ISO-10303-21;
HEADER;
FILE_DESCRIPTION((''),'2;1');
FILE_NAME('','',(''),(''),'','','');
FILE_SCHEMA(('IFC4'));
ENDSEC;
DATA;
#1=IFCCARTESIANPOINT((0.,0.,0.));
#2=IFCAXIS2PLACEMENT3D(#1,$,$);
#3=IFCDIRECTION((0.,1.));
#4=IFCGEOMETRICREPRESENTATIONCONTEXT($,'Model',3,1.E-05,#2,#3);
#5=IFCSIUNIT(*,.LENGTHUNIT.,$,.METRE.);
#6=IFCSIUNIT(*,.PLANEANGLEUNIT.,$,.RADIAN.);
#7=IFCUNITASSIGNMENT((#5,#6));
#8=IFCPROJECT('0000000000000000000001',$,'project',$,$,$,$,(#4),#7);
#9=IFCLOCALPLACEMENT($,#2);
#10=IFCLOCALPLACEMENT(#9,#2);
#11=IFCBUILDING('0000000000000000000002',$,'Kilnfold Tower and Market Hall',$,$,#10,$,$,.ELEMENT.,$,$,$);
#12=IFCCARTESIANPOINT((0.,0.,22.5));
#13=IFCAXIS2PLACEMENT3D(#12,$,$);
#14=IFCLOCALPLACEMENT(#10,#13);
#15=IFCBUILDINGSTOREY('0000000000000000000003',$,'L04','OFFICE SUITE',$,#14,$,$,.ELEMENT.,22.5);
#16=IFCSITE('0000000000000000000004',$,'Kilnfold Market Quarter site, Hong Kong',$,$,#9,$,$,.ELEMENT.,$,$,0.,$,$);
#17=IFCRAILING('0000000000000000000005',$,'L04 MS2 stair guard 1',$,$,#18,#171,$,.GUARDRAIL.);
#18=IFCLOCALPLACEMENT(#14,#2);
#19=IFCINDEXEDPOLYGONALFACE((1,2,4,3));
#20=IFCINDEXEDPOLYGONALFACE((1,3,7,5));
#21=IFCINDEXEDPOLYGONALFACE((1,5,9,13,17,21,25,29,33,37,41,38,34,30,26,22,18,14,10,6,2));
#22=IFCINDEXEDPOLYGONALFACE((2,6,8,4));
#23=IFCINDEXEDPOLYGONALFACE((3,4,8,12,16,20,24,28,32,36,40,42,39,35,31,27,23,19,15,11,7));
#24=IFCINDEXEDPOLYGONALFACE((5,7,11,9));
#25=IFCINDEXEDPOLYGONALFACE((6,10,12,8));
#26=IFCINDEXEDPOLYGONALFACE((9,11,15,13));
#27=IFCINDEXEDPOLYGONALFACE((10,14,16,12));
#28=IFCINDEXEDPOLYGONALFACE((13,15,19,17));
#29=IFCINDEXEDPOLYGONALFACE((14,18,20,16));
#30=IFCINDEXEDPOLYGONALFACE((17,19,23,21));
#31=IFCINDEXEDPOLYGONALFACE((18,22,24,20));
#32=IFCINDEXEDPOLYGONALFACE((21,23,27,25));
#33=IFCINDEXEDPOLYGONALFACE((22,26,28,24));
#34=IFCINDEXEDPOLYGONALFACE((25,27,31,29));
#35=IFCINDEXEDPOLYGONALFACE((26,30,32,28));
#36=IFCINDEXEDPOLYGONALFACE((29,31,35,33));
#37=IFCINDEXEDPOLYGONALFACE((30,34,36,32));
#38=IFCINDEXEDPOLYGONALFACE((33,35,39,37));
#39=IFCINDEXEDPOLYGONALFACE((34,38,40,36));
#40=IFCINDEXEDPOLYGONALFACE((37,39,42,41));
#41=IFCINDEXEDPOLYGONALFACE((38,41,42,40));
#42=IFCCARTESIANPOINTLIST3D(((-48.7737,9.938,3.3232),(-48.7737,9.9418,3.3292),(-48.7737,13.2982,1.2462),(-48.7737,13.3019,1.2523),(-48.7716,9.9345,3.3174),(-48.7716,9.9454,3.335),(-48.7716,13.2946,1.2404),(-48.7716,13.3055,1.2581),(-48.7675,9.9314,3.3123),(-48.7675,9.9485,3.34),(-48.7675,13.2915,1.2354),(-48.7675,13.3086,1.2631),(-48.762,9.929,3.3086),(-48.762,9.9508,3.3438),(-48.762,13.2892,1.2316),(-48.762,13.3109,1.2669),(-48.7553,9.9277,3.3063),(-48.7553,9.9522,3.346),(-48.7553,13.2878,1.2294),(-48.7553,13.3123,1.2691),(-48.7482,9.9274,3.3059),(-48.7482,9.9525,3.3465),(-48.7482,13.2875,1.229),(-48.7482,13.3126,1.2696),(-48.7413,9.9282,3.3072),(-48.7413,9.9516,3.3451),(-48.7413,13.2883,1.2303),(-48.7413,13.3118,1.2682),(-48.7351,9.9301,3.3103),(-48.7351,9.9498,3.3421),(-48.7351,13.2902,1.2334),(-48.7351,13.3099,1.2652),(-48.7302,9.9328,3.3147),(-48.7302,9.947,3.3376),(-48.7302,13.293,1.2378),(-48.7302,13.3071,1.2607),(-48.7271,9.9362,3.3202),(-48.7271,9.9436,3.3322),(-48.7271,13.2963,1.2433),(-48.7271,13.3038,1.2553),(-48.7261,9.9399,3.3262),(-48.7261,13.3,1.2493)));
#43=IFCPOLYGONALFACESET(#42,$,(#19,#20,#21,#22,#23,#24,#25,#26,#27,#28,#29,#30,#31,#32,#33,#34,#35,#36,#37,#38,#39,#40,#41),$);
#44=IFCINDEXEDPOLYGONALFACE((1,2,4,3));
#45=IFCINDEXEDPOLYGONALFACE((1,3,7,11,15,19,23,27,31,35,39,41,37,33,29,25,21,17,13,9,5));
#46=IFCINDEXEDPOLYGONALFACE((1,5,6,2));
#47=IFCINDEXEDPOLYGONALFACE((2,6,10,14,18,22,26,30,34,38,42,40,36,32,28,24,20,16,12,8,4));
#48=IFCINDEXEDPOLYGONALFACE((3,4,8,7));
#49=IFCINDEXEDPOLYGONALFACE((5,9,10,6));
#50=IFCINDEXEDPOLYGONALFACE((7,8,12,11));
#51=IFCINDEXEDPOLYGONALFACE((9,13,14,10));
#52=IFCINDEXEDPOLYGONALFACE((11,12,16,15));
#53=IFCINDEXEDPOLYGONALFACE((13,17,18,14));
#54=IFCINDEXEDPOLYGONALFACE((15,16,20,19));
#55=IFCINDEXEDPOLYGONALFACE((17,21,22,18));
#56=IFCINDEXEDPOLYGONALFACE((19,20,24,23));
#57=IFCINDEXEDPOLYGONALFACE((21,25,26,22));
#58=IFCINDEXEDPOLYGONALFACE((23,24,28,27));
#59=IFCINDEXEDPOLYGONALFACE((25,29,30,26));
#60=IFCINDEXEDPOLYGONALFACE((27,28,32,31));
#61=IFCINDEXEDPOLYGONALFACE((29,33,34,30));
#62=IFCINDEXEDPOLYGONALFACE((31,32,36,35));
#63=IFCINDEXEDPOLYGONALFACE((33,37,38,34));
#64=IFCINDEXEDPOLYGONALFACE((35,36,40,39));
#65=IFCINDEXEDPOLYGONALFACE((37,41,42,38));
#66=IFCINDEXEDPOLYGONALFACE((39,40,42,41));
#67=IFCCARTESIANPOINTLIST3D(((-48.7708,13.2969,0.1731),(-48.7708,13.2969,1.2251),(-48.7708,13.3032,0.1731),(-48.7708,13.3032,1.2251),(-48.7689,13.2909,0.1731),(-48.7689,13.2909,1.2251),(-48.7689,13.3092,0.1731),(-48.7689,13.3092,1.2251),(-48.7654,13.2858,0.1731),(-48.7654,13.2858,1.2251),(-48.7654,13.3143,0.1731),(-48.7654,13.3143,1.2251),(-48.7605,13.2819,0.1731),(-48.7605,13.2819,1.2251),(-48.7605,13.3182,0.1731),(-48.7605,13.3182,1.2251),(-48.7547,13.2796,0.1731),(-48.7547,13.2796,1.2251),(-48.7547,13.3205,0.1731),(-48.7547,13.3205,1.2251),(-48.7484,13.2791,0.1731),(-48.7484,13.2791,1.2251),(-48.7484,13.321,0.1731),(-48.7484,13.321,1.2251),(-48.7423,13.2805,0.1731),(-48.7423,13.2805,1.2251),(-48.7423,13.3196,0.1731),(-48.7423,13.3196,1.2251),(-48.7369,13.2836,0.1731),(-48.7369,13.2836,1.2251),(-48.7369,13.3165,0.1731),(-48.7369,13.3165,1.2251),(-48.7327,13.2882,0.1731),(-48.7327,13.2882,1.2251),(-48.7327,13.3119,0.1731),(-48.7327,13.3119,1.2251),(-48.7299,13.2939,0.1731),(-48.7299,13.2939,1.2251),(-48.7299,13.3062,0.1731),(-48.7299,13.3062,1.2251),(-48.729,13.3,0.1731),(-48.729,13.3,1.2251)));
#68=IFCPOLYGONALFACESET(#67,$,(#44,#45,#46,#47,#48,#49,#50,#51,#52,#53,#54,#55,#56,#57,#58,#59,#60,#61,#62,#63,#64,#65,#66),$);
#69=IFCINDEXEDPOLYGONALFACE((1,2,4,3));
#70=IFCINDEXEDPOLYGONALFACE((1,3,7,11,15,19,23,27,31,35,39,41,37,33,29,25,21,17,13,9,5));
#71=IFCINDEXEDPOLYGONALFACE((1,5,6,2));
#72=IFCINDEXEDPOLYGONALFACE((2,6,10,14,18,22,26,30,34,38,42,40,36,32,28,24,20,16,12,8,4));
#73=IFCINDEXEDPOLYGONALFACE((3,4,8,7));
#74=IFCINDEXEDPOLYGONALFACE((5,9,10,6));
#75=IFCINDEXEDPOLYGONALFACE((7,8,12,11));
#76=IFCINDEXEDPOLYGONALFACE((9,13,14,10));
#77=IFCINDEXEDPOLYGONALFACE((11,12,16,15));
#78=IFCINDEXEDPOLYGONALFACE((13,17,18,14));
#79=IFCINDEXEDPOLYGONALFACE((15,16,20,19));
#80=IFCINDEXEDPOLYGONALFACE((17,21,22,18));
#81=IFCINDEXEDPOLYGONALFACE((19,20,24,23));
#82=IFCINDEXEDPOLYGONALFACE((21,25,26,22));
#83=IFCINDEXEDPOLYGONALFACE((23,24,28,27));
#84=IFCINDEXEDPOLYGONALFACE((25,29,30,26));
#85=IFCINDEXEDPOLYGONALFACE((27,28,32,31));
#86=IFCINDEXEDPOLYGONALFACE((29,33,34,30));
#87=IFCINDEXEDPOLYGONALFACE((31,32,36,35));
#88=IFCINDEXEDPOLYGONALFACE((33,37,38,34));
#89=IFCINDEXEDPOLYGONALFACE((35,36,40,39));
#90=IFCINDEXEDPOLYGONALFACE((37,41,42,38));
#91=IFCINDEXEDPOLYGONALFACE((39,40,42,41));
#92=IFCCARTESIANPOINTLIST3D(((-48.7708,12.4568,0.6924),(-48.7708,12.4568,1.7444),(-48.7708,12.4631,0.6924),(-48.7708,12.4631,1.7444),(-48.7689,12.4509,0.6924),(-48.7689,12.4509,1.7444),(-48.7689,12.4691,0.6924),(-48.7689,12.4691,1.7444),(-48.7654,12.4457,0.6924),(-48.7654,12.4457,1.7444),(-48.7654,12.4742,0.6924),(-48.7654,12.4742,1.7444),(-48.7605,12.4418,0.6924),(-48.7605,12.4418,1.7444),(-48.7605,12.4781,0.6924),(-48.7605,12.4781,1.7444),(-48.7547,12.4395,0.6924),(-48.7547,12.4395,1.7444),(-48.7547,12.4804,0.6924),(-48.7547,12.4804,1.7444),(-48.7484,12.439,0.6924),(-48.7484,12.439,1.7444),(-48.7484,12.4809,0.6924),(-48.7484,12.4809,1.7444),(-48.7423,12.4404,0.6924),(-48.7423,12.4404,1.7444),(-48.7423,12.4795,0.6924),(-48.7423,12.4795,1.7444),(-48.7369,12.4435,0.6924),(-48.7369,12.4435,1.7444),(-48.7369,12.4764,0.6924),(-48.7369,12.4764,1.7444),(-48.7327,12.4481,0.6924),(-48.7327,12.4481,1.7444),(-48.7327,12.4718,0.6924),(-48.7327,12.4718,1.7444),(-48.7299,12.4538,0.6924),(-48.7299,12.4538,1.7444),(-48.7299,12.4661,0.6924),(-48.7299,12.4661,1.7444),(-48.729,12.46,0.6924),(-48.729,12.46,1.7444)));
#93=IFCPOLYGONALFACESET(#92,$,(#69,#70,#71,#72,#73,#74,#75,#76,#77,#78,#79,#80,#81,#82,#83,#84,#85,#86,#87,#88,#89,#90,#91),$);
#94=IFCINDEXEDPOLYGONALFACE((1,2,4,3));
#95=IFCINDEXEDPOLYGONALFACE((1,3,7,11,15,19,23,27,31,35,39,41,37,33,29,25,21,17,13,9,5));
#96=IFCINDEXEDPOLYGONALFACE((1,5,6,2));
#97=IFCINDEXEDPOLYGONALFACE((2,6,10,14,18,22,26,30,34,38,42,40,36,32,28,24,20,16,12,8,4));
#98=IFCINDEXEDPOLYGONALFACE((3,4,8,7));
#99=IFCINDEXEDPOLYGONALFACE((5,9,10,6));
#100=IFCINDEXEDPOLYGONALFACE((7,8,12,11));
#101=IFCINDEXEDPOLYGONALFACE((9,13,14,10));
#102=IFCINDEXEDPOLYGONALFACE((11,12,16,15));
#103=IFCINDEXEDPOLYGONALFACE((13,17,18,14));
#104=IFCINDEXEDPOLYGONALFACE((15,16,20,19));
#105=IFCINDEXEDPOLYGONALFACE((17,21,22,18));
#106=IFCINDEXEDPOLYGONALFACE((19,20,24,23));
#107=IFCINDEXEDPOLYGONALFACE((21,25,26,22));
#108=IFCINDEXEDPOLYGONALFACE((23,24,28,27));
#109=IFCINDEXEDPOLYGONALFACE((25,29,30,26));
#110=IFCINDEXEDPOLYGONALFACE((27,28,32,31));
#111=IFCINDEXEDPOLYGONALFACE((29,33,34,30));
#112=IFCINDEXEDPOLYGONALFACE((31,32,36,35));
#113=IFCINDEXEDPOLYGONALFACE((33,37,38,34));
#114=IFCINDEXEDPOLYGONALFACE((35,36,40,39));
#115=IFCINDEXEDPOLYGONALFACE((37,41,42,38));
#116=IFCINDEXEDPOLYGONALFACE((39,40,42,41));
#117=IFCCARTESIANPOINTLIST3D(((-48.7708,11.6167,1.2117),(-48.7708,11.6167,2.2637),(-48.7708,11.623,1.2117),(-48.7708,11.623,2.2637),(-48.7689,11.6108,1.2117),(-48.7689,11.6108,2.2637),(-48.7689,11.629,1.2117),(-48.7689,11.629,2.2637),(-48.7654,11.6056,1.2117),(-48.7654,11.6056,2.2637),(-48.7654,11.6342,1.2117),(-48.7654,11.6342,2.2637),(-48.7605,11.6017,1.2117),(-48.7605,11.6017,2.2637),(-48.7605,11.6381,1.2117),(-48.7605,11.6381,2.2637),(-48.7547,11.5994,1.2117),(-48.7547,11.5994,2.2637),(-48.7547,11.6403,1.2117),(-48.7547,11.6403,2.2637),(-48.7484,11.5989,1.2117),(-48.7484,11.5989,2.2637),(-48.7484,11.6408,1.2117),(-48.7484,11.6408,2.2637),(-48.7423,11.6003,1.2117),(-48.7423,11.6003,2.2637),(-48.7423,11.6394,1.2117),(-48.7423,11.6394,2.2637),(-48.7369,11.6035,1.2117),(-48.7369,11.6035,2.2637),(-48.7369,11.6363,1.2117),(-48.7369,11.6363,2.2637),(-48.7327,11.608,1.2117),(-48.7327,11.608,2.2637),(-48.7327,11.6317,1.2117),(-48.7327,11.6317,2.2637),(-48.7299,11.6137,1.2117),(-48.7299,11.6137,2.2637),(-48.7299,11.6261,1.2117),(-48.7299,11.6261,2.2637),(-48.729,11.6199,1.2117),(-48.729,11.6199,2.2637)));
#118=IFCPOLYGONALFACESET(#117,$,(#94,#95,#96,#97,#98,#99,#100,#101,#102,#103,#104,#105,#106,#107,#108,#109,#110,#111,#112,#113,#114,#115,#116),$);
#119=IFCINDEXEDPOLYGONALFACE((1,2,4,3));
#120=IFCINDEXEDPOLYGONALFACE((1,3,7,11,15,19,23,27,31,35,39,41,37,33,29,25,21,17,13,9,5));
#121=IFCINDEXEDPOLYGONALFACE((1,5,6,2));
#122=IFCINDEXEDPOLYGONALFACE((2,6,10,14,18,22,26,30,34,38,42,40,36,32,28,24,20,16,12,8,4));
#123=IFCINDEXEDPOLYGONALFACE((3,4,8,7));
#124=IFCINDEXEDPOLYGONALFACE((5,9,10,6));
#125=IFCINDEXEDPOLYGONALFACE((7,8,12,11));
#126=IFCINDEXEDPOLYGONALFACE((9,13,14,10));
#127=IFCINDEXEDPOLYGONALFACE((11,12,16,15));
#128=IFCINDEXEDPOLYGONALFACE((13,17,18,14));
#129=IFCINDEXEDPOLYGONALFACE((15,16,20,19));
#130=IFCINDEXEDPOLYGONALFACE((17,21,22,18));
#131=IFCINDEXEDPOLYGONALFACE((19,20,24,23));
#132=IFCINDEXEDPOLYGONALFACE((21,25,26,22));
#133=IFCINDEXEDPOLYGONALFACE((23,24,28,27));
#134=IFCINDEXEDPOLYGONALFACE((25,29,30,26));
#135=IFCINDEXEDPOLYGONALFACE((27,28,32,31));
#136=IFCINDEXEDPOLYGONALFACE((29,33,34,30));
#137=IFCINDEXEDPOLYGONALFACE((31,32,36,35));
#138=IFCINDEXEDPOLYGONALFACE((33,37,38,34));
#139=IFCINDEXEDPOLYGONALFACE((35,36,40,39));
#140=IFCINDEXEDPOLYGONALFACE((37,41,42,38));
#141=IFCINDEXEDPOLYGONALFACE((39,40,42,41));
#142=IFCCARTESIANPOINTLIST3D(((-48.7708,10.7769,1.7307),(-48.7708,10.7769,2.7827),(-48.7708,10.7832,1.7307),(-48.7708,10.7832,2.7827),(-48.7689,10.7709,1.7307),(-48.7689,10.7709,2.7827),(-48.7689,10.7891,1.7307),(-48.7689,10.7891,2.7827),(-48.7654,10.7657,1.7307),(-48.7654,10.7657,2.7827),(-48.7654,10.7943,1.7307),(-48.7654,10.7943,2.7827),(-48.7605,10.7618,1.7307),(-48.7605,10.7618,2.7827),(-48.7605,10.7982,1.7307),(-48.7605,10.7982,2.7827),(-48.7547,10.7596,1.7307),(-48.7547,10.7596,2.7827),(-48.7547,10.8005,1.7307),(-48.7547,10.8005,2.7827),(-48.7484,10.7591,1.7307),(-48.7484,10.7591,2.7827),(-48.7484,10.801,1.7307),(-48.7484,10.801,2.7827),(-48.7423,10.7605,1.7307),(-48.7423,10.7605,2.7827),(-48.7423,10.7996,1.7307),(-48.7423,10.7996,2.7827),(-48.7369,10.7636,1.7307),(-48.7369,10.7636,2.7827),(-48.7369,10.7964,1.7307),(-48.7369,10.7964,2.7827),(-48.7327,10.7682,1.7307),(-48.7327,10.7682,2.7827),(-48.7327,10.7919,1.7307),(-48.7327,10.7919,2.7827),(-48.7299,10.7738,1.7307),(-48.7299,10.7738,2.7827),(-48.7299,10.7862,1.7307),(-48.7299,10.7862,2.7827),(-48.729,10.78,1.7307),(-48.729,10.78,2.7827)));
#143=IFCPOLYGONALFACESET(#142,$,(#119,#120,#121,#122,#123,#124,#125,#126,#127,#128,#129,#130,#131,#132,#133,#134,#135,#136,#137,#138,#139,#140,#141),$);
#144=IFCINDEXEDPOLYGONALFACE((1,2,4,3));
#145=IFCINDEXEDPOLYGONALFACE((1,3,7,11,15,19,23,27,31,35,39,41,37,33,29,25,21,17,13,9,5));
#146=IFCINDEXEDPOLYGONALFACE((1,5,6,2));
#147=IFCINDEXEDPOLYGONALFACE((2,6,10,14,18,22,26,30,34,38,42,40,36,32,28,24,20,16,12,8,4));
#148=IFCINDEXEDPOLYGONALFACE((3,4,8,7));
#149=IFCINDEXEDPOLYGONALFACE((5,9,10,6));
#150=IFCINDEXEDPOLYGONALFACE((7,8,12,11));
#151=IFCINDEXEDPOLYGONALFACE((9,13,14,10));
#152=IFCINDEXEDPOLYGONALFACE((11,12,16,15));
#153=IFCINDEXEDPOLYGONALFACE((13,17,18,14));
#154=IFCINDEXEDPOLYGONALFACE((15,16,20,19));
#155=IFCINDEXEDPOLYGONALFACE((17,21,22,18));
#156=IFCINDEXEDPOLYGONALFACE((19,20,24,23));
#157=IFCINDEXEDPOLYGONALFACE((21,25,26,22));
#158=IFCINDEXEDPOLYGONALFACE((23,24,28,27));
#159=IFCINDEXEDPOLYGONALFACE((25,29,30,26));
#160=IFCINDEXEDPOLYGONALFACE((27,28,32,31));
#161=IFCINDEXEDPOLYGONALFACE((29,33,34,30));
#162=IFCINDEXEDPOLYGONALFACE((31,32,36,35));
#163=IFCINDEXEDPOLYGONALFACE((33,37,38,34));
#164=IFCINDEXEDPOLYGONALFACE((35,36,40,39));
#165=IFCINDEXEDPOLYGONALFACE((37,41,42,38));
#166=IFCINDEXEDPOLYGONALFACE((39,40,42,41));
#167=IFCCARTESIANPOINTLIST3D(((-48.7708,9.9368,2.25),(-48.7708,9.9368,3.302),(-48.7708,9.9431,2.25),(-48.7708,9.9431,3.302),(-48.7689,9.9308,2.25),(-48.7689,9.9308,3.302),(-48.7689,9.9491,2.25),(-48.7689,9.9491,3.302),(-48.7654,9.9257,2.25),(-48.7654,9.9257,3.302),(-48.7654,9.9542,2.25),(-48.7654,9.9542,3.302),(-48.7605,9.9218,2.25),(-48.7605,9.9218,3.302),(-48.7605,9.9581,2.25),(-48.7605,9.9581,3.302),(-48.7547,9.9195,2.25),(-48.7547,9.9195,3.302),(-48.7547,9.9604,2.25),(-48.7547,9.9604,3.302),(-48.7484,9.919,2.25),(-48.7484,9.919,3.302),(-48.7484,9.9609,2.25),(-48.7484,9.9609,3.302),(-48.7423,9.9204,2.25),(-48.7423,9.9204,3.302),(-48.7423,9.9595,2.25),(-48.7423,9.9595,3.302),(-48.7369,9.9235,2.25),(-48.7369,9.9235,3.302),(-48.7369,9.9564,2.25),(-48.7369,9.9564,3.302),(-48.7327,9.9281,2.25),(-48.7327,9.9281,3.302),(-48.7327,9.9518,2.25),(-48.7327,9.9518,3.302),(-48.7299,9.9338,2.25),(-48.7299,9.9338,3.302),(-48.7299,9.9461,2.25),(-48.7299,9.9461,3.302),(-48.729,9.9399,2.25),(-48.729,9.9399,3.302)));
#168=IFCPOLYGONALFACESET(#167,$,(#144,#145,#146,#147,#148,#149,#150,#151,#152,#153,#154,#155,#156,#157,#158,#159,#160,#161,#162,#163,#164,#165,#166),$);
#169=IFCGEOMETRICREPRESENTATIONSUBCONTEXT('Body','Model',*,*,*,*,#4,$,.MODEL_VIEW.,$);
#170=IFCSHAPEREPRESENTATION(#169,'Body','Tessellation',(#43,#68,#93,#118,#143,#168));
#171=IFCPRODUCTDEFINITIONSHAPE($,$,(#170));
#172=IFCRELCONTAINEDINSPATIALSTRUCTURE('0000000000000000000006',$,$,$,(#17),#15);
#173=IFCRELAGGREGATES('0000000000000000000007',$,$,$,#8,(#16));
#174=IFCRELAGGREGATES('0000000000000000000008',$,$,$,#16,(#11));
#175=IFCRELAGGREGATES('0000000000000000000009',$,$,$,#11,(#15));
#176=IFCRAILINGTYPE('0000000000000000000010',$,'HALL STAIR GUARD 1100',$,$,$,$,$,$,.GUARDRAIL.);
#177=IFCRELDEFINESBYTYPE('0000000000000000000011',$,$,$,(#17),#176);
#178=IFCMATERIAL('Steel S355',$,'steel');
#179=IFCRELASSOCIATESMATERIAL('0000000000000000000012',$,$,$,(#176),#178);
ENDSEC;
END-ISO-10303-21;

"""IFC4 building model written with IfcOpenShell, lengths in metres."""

from ifc_helpers import new_model, si_unit, direction, frame, origin, origin_2d, place, context, subcontext, project, spatial, circle, extrude, material, type_object, element, save


model = new_model("IFC4")

# Units and contexts
model_context = context("Model", 3, precision=1e-05, world=origin(), true_north=direction((0.0, 1.0)))
body_context = subcontext(model_context, "Body", "Model", "MODEL_VIEW")
ifc_project = project(units=[si_unit("LENGTHUNIT", "METRE"), si_unit("PLANEANGLEUNIT", "RADIAN")], contexts=[model_context])

# Site, building, storey
site_placement = place(None, origin())
site = spatial("IfcSite", under=ifc_project, at=site_placement, Name="Kilnfold Market Quarter site, Hong Kong", CompositionType="ELEMENT", RefElevation=0.0)
building_placement = place(site_placement, origin())
building = spatial("IfcBuilding", under=site, at=building_placement, Name="Kilnfold Tower and Market Hall", CompositionType="ELEMENT")
storey_placement = place(building_placement, frame((0.0, 0.0, 22.5)))
storey = spatial("IfcBuildingStorey", under=building, at=storey_placement, Name="L04", Description="OFFICE SUITE", CompositionType="ELEMENT", Elevation=22.5)

# Railing
ifc_material_1 = material(Name="Steel S355", Category="steel")
railing_type_1 = type_object("IfcRailingType", Name="HALL STAIR GUARD 1100", PredefinedType="GUARDRAIL", material=ifc_material_1)
railing_1_placement = place(storey_placement, frame((-48.75, 13.3, 0.1731)))
element("IfcRailing", 1, at=railing_1_placement, inside=storey, type_object=railing_type_1, Name="L04 MS2 stair guard 1", PredefinedType="GUARDRAIL", context=body_context, shape_type="SweptSolid", body=[
    extrude(circle(Radius=0.0239, at=origin_2d()), frame((0.0, 0.0, 1.0762), z_axis=(0.0, -0.850623, 0.525776), x_axis=(1.0, 0.0, 0.0)), (0.0, 0.0, 1.0), 3.9502),
    extrude(circle(Radius=0.021, at=origin_2d()), origin(), (0.0, 0.0, 1.0), 1.052),
    extrude(circle(Radius=0.021, at=origin_2d()), frame((0.0, -0.8401, 0.5193)), (0.0, 0.0, 1.0), 1.052),
    extrude(circle(Radius=0.021, at=origin_2d()), frame((0.0, -1.6802, 1.0386)), (0.0, 0.0, 1.0), 1.052),
    extrude(circle(Radius=0.021, at=origin_2d()), frame((0.0, -2.52, 1.5576)), (0.0, 0.0, 1.0), 1.052),
    extrude(circle(Radius=0.021, at=origin_2d()), frame((0.0, -3.3601, 2.0769)), (0.0, 0.0, 1.0), 1.052),
])

save(model, "model.ifc")
